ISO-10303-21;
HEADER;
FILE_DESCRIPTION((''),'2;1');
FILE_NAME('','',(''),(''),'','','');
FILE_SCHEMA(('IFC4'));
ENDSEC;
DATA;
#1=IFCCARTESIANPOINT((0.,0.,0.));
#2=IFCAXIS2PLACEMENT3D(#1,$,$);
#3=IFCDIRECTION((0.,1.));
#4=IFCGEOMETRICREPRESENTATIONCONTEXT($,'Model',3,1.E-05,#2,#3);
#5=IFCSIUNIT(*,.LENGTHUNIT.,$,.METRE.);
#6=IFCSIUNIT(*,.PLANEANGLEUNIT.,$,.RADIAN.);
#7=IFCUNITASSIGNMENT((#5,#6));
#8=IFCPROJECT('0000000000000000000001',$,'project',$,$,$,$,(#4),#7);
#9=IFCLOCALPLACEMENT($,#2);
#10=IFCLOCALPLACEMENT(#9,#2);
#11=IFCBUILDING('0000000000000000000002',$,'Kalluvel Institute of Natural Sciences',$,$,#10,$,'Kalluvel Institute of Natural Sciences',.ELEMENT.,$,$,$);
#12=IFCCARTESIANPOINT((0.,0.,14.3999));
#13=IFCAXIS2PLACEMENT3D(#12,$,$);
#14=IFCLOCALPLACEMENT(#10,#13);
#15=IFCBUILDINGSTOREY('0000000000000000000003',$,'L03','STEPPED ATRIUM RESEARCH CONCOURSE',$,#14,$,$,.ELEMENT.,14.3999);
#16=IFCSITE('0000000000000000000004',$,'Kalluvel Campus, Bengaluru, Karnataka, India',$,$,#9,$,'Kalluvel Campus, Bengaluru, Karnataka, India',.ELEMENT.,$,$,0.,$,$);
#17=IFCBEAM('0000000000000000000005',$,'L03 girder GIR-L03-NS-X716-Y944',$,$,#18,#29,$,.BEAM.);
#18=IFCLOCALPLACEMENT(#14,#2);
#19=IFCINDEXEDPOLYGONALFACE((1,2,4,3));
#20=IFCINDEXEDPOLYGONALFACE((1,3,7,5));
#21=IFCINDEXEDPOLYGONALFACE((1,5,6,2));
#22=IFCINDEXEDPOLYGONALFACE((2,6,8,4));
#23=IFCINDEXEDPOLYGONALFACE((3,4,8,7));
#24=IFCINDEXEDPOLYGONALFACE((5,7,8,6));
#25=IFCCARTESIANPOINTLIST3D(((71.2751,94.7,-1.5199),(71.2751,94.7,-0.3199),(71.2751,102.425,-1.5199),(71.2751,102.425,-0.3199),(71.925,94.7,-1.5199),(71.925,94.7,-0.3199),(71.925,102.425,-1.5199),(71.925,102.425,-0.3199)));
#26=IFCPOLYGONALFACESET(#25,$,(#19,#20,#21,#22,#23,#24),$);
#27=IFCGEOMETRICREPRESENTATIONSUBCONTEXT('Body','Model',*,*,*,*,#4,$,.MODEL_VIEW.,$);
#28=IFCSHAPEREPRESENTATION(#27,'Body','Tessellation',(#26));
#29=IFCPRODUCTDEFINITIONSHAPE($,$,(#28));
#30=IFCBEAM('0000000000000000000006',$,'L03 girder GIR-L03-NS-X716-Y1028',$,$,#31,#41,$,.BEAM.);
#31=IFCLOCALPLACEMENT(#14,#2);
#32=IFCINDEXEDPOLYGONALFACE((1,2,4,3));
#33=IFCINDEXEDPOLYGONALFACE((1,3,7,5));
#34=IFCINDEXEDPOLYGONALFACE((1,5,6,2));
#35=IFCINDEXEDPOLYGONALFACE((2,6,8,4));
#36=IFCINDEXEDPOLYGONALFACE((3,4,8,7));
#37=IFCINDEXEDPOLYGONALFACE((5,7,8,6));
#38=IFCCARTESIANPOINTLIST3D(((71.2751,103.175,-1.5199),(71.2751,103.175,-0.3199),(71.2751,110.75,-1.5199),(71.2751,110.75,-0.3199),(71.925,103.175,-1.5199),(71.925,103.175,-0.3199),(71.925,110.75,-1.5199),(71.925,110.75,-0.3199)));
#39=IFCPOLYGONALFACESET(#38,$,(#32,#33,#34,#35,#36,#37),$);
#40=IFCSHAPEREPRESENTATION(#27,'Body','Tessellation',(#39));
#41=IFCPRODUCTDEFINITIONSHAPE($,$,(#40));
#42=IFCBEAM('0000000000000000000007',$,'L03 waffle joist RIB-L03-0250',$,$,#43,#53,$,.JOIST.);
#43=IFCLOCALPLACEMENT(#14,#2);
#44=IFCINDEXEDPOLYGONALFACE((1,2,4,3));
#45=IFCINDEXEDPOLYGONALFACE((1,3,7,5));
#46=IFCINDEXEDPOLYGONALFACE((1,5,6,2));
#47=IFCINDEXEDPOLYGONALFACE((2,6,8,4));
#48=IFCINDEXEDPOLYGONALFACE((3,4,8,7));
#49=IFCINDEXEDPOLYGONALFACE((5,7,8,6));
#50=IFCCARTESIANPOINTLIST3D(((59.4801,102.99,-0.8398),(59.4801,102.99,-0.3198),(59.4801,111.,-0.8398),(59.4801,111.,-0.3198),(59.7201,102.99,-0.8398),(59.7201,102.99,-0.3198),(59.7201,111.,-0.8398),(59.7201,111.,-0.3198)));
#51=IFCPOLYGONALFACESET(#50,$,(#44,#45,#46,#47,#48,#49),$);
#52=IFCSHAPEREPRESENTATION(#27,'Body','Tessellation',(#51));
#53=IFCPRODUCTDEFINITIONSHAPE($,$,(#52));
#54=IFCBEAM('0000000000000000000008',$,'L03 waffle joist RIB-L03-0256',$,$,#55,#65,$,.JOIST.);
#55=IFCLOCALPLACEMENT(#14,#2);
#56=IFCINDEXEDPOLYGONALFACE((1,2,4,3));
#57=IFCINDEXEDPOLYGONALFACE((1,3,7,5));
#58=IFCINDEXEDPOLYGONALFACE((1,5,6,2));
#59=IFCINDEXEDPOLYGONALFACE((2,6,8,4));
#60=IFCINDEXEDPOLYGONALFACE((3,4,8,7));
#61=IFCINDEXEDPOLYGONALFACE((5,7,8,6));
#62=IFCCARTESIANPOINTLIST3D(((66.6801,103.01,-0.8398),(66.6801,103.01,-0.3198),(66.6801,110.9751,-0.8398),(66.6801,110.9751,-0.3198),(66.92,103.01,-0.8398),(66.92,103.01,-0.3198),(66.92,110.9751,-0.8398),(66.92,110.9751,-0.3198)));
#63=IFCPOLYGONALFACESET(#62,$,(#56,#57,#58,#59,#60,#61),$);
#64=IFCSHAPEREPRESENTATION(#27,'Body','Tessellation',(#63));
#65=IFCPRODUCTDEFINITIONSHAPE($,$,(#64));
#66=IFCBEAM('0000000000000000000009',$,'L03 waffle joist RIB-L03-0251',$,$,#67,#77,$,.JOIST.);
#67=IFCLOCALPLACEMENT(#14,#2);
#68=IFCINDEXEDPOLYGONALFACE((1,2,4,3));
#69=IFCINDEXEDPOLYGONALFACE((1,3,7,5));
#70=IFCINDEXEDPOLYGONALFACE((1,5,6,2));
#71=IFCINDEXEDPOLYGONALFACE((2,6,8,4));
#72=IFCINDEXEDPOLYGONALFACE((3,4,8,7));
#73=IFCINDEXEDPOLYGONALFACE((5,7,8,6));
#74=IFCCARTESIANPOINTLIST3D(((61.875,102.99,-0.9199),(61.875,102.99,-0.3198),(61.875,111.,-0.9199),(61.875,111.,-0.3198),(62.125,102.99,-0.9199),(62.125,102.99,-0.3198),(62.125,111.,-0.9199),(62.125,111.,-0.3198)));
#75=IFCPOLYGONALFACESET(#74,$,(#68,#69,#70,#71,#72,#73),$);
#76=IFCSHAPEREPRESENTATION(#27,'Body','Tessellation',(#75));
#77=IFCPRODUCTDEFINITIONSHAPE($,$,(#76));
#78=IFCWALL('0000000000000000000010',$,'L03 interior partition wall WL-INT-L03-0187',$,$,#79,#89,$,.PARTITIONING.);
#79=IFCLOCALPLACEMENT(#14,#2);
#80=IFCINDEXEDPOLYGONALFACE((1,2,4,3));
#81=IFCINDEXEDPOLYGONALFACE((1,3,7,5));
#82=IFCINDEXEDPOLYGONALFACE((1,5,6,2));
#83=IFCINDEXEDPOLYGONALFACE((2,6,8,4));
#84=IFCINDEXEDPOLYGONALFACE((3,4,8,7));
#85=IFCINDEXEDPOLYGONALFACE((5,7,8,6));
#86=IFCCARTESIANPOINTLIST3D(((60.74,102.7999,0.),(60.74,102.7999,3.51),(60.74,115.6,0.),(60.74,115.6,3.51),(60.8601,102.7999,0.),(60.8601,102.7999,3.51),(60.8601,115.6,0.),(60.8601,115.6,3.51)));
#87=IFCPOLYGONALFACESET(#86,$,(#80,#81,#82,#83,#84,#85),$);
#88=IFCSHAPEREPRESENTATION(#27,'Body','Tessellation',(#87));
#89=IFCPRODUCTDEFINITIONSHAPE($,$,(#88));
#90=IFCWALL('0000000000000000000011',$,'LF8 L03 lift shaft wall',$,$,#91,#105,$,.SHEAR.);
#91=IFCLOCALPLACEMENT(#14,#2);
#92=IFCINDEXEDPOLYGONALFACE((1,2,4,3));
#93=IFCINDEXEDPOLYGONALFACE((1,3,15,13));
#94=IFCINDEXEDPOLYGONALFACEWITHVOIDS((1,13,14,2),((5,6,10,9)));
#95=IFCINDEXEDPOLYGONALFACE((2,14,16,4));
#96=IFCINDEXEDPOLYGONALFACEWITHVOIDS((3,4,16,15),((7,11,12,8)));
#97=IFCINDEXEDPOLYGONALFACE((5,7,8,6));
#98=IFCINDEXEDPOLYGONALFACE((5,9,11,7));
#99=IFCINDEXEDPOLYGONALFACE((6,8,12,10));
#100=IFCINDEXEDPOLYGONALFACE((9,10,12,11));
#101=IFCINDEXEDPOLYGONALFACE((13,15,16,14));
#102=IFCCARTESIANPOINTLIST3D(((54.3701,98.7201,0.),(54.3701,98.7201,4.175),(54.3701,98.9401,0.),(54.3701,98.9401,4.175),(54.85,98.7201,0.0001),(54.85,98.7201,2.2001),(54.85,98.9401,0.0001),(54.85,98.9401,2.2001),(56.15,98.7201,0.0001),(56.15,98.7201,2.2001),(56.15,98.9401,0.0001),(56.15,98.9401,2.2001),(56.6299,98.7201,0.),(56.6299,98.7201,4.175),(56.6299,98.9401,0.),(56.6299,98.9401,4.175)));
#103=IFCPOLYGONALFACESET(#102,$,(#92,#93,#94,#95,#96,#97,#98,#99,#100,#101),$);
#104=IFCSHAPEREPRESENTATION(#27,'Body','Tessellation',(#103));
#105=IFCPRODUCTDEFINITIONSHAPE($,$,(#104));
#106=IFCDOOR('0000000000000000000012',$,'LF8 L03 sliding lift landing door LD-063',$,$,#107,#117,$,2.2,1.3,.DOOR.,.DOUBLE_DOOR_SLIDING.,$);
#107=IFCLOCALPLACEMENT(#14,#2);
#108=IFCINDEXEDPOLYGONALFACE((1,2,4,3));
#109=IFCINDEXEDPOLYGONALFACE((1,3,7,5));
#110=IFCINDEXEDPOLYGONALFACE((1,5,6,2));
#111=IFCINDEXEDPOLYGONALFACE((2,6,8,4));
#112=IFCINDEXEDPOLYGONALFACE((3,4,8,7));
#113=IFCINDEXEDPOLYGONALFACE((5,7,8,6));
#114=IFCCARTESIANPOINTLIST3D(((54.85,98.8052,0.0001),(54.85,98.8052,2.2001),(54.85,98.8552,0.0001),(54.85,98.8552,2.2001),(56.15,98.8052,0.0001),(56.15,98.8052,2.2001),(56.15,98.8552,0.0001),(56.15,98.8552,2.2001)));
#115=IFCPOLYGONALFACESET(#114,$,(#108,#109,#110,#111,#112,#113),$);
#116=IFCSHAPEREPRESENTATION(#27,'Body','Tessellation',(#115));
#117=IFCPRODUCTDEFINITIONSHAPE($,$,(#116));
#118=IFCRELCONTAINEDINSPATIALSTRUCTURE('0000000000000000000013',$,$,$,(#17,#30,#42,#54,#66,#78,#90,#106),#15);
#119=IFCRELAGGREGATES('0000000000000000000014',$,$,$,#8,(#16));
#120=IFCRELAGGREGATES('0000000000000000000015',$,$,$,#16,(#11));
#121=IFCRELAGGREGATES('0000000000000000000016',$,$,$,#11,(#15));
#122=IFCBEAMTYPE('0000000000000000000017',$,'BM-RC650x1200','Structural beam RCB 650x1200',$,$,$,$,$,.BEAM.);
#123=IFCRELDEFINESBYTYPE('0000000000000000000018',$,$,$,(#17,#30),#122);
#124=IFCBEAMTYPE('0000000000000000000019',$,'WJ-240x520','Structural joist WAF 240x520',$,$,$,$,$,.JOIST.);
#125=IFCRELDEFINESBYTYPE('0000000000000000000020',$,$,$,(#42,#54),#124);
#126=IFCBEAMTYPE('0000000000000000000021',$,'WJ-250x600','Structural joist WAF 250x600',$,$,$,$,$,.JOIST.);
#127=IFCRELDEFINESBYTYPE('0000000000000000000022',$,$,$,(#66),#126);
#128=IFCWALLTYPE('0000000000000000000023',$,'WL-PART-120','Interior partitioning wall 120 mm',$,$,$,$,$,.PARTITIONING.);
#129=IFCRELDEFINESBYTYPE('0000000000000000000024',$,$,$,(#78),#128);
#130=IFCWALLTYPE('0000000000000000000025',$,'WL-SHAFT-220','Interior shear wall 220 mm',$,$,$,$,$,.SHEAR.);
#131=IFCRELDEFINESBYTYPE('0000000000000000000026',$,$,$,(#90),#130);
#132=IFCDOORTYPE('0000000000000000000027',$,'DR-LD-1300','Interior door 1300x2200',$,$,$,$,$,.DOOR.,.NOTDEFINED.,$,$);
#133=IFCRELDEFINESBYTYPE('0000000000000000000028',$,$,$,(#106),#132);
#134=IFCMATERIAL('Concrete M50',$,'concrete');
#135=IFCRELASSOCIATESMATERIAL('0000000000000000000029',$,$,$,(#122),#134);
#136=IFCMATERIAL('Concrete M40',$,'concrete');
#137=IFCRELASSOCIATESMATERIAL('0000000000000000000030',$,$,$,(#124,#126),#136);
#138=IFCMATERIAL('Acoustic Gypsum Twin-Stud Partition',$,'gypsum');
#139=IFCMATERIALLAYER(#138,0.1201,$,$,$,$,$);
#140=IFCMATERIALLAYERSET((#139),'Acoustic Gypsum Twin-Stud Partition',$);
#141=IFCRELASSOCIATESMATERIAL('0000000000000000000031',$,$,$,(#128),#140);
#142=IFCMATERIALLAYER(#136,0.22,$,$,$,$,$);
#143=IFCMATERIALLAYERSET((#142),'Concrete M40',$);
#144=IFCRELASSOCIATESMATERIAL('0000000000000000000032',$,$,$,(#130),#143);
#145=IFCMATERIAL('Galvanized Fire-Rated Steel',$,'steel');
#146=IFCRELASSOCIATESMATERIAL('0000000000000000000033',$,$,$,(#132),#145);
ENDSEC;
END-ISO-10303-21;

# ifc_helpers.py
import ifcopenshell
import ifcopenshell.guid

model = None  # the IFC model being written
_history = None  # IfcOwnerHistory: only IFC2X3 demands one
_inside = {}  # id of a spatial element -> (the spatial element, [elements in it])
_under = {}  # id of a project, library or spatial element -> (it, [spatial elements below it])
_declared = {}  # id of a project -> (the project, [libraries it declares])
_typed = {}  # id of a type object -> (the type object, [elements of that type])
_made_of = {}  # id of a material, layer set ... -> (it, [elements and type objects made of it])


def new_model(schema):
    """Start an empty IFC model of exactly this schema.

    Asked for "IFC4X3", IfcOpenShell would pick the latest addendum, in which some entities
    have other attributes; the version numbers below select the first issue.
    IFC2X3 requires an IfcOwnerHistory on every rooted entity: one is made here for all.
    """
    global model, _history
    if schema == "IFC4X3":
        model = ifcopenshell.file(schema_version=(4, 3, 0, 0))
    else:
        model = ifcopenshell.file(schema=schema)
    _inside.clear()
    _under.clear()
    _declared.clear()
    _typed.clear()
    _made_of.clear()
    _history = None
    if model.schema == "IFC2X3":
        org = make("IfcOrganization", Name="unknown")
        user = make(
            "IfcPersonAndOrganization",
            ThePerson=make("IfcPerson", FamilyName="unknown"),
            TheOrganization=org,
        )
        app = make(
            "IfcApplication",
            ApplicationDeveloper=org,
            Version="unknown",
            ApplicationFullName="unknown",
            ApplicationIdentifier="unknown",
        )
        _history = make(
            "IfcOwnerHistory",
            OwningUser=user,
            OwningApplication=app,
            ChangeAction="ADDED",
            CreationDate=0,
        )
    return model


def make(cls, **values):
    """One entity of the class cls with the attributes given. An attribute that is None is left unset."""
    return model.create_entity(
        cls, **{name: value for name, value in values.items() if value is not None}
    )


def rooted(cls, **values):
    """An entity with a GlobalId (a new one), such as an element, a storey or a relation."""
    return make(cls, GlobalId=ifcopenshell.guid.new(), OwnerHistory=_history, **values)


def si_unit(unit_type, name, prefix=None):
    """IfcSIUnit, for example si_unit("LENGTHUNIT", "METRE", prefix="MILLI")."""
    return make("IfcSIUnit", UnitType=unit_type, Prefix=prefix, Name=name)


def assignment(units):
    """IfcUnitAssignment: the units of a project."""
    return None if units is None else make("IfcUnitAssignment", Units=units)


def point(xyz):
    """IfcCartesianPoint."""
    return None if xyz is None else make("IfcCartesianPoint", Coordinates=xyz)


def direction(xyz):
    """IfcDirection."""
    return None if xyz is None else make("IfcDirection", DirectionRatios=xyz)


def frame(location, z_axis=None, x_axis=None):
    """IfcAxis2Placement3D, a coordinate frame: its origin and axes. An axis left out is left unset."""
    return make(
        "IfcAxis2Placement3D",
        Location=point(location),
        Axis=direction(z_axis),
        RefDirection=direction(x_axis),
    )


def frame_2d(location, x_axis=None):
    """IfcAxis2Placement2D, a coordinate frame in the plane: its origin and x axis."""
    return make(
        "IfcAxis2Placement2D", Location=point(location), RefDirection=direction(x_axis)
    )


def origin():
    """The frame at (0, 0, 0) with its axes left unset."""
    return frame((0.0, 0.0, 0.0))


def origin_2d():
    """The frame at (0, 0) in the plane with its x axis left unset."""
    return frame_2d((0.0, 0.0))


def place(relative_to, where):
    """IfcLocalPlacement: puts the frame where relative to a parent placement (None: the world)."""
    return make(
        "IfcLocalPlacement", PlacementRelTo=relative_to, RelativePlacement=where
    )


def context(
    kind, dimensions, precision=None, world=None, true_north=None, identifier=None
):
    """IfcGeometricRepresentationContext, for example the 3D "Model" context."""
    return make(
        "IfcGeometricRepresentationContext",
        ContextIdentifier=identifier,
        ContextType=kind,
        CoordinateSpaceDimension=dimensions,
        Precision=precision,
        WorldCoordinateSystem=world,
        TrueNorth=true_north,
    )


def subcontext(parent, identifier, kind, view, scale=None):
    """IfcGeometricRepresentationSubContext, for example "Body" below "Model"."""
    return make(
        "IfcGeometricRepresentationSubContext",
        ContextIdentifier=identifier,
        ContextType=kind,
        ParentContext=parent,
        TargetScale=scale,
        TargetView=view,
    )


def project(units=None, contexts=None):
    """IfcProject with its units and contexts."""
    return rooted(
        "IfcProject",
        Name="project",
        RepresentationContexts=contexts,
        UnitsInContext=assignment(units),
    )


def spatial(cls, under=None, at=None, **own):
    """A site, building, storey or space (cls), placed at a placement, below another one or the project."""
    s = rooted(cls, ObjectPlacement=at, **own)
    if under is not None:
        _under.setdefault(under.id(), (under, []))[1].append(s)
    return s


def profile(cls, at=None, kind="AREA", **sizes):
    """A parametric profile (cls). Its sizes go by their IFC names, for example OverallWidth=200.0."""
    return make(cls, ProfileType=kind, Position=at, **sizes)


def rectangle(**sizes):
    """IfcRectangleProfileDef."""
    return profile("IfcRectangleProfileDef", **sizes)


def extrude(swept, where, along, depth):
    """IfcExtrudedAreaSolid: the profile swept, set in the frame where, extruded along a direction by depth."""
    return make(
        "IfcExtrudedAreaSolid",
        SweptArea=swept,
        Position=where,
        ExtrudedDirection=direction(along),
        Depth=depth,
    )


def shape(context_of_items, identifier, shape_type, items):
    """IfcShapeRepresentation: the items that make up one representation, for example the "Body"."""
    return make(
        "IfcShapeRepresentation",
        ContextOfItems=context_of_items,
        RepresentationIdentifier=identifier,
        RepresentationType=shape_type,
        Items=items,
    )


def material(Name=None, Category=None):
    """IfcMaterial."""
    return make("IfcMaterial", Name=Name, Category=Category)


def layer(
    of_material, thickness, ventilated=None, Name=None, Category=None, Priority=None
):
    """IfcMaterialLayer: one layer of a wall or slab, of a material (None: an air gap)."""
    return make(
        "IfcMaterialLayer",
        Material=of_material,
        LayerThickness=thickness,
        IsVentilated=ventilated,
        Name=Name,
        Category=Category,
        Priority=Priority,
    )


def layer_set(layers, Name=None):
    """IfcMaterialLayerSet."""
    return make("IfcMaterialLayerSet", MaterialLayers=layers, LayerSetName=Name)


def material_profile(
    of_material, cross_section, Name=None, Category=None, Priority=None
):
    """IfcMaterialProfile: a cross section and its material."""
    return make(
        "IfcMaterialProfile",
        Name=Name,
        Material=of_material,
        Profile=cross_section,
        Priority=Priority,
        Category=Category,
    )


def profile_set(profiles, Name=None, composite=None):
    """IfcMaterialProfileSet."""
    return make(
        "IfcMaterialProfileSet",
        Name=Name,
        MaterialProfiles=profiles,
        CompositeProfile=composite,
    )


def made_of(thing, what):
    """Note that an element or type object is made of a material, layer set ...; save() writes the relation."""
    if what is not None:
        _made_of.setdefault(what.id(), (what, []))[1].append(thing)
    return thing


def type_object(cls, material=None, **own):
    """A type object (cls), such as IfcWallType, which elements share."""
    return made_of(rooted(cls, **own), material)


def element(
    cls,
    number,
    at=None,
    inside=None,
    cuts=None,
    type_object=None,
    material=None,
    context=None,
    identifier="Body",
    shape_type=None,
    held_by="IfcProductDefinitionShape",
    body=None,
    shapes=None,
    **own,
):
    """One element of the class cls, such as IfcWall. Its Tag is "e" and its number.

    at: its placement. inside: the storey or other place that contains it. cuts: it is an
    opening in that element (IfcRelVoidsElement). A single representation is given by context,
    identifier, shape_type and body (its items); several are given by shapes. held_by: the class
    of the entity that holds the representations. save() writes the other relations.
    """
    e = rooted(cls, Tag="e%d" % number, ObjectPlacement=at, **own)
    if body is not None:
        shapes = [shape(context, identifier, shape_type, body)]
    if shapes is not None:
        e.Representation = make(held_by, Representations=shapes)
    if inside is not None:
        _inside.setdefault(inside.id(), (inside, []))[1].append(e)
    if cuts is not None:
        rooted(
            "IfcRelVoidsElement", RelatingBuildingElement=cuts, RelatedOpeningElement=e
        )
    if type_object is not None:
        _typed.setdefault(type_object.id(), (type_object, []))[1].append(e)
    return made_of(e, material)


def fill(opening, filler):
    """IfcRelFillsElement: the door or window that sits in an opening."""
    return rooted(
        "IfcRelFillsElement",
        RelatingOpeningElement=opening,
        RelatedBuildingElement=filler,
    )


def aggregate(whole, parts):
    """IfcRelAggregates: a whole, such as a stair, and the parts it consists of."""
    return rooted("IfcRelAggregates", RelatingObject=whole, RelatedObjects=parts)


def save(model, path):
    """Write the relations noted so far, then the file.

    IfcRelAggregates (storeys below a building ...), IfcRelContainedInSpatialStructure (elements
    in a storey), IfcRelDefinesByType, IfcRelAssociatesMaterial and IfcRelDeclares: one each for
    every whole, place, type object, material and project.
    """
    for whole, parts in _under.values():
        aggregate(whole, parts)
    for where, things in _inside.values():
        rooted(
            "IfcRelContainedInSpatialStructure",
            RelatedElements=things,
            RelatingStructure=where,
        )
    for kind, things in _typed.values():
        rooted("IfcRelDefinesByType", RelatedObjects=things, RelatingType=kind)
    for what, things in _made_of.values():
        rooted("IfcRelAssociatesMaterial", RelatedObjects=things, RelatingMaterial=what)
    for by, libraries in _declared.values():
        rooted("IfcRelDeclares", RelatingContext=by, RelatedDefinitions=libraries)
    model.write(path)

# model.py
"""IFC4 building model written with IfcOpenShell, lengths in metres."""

from ifc_helpers import new_model, si_unit, direction, frame, frame_2d, origin, origin_2d, place, context, subcontext, project, spatial, rectangle, extrude, material, layer, layer_set, material_profile, profile_set, type_object, element, fill, save


model = new_model("IFC4")

# Units and contexts
model_context = context("Model", 3, precision=1e-05, world=origin(), true_north=direction((0.0, 1.0)))
body_context = subcontext(model_context, "Body", "Model", "MODEL_VIEW")
ifc_project = project(units=[si_unit("LENGTHUNIT", "METRE"), si_unit("PLANEANGLEUNIT", "RADIAN")], contexts=[model_context])

# Site, building, storey
site_placement = place(None, origin())
site = spatial("IfcSite", under=ifc_project, at=site_placement, Name="Kalluvel Campus, Bengaluru, Karnataka, India", LongName="Kalluvel Campus, Bengaluru, Karnataka, India", CompositionType="ELEMENT", RefElevation=0.0)
building_placement = place(site_placement, origin())
building = spatial("IfcBuilding", under=site, at=building_placement, Name="Kalluvel Institute of Natural Sciences", LongName="Kalluvel Institute of Natural Sciences", CompositionType="ELEMENT")
storey_placement = place(building_placement, frame((0.0, 0.0, 14.3999)))
storey = spatial("IfcBuildingStorey", under=building, at=storey_placement, Name="L03", Description="STEPPED ATRIUM RESEARCH CONCOURSE", CompositionType="ELEMENT", Elevation=14.3999)

# Shared definitions
ifc_material_1 = material(Name="Concrete M40", Category="concrete")
ifc_material_2 = material(Name="Concrete M50", Category="concrete")

# Beams
ifc_material_profile_1 = material_profile(ifc_material_2, rectangle(XDim=0.6499, YDim=1.2, at=origin_2d()), Name="RCB 650x1200")
ifc_profile_set_1 = profile_set([ifc_material_profile_1], Name="Concrete M50")
beam_type_1 = type_object("IfcBeamType", Name="BM-RC650x1200", Description="Structural beam RCB 650x1200", PredefinedType="BEAM", material=ifc_profile_set_1)
beam_1_placement = place(storey_placement, frame((71.6001, 94.7, -0.9199), z_axis=(0.0, 1.0, 0.0), x_axis=(-1.0, 0.0, 0.0)))
element("IfcBeam", 1, at=beam_1_placement, inside=storey, type_object=beam_type_1, Name="L03 girder GIR-L03-NS-X716-Y944", PredefinedType="BEAM", context=body_context, shape_type="SweptSolid", body=[
    extrude(rectangle(XDim=0.6499, YDim=1.2, at=origin_2d()), origin(), (0.0, 0.0, 1.0), 7.7251),
])
beam_2_placement = place(storey_placement, frame((71.6001, 103.175, -0.9199), z_axis=(0.0, 1.0, 0.0), x_axis=(-1.0, 0.0, 0.0)))
element("IfcBeam", 2, at=beam_2_placement, inside=storey, type_object=beam_type_1, Name="L03 girder GIR-L03-NS-X716-Y1028", PredefinedType="BEAM", context=body_context, shape_type="SweptSolid", body=[
    extrude(rectangle(XDim=0.6499, YDim=1.2, at=origin_2d()), origin(), (0.0, 0.0, 1.0), 7.575),
])
ifc_material_profile_2 = material_profile(ifc_material_1, rectangle(XDim=0.24, YDim=0.52, at=origin_2d()), Name="WAF 240x520")
ifc_profile_set_2 = profile_set([ifc_material_profile_2], Name="Concrete M40")
beam_type_2 = type_object("IfcBeamType", Name="WJ-240x520", Description="Structural joist WAF 240x520", PredefinedType="JOIST", material=ifc_profile_set_2)
beam_3_placement = place(storey_placement, frame((59.6001, 102.99, -0.5798), z_axis=(0.0, 1.0, 0.0), x_axis=(-1.0, 0.0, 0.0)))
element("IfcBeam", 3, at=beam_3_placement, inside=storey, type_object=beam_type_2, Name="L03 waffle joist RIB-L03-0250", PredefinedType="JOIST", context=body_context, shape_type="SweptSolid", body=[
    extrude(rectangle(XDim=0.24, YDim=0.52, at=origin_2d()), origin(), (0.0, 0.0, 1.0), 8.01),
])
beam_4_placement = place(storey_placement, frame((66.8, 103.01, -0.5798), z_axis=(0.0, 1.0, 0.0), x_axis=(-1.0, 0.0, 0.0)))
element("IfcBeam", 4, at=beam_4_placement, inside=storey, type_object=beam_type_2, Name="L03 waffle joist RIB-L03-0256", PredefinedType="JOIST", context=body_context, shape_type="SweptSolid", body=[
    extrude(rectangle(XDim=0.24, YDim=0.52, at=origin_2d()), origin(), (0.0, 0.0, 1.0), 7.9651),
])
ifc_material_profile_3 = material_profile(ifc_material_1, rectangle(XDim=0.25, YDim=0.6001, at=origin_2d()), Name="WAF 250x600")
ifc_profile_set_3 = profile_set([ifc_material_profile_3], Name="Concrete M40")
beam_type_3 = type_object("IfcBeamType", Name="WJ-250x600", Description="Structural joist WAF 250x600", PredefinedType="JOIST", material=ifc_profile_set_3)
beam_5_placement = place(storey_placement, frame((62.0, 102.99, -0.6199), z_axis=(0.0, 1.0, 0.0), x_axis=(-1.0, 0.0, 0.0)))
element("IfcBeam", 5, at=beam_5_placement, inside=storey, type_object=beam_type_3, Name="L03 waffle joist RIB-L03-0251", PredefinedType="JOIST", context=body_context, shape_type="SweptSolid", body=[
    extrude(rectangle(XDim=0.25, YDim=0.6001, at=origin_2d()), origin(), (0.0, 0.0, 1.0), 8.01),
])

# Wall
ifc_material_3 = material(Name="Acoustic Gypsum Twin-Stud Partition", Category="gypsum")
ifc_layer_1 = layer(ifc_material_3, 0.1201)
ifc_layer_set_1 = layer_set([ifc_layer_1], Name="Acoustic Gypsum Twin-Stud Partition")
wall_type_1 = type_object("IfcWallType", Name="WL-PART-120", Description="Interior partitioning wall 120 mm", PredefinedType="PARTITIONING", material=ifc_layer_set_1)
wall_1_placement = place(storey_placement, frame((60.8, 102.8, 0.0), z_axis=(0.0, 0.0, 1.0), x_axis=(0.0, 1.0, 0.0)))
element("IfcWall", 6, at=wall_1_placement, inside=storey, type_object=wall_type_1, Name="L03 interior partition wall WL-INT-L03-0187", PredefinedType="PARTITIONING", context=body_context, shape_type="SweptSolid", body=[
    extrude(rectangle(XDim=12.8, YDim=0.1201, at=frame_2d((6.3999, 0.0))), origin(), (0.0, 0.0, 1.0), 3.51),
])

# Wall, opening, door
ifc_layer_2 = layer(ifc_material_1, 0.22)
ifc_layer_set_2 = layer_set([ifc_layer_2], Name="Concrete M40")
wall_type_2 = type_object("IfcWallType", Name="WL-SHAFT-220", Description="Interior shear wall 220 mm", PredefinedType="SHEAR", material=ifc_layer_set_2)
wall_2_placement = place(storey_placement, frame((56.6299, 98.8301, 0.0), z_axis=(0.0, 0.0, 1.0), x_axis=(-1.0, 0.0, 0.0)))
wall_2 = element("IfcWall", 7, at=wall_2_placement, inside=storey, type_object=wall_type_2, Name="LF8 L03 lift shaft wall", PredefinedType="SHEAR", context=body_context, shape_type="SweptSolid", body=[
    extrude(rectangle(XDim=2.2598, YDim=0.22, at=frame_2d((1.1299, 0.0))), origin(), (0.0, 0.0, 1.0), 4.175),
])
opening_placement = place(wall_2_placement, frame((0.48, 0.0, 0.0)))
opening = element("IfcOpeningElement", 8, at=opening_placement, cuts=wall_2, PredefinedType="OPENING", context=body_context, shape_type="SweptSolid", body=[
    extrude(rectangle(XDim=1.3, YDim=2.2, at=frame_2d((0.6499, 1.1001))), frame((0.0, 0.1199, 0.0), z_axis=(0.0, -1.0, 0.0), x_axis=(1.0, 0.0, 0.0)), (0.0, 0.0, 1.0), 0.24),
])
ifc_material_4 = material(Name="Galvanized Fire-Rated Steel", Category="steel")
door_type = type_object("IfcDoorType", Name="DR-LD-1300", Description="Interior door 1300x2200", OperationType="NOTDEFINED", PredefinedType="DOOR", material=ifc_material_4)
door_placement = place(opening_placement, origin())
door = element("IfcDoor", 9, at=door_placement, inside=storey, type_object=door_type, Name="LF8 L03 sliding lift landing door LD-063", OperationType="DOUBLE_DOOR_SLIDING", OverallHeight=2.2, OverallWidth=1.3, PredefinedType="DOOR", context=body_context, shape_type="SweptSolid", body=[
    extrude(rectangle(XDim=1.3, YDim=2.2, at=frame_2d((0.6499, 1.1001))), frame((0.0, 0.0249, 0.0), z_axis=(0.0, -1.0, 0.0), x_axis=(1.0, 0.0, 0.0)), (0.0, 0.0, 1.0), 0.05),
])
fill(opening, door)

save(model, "model.ifc")
